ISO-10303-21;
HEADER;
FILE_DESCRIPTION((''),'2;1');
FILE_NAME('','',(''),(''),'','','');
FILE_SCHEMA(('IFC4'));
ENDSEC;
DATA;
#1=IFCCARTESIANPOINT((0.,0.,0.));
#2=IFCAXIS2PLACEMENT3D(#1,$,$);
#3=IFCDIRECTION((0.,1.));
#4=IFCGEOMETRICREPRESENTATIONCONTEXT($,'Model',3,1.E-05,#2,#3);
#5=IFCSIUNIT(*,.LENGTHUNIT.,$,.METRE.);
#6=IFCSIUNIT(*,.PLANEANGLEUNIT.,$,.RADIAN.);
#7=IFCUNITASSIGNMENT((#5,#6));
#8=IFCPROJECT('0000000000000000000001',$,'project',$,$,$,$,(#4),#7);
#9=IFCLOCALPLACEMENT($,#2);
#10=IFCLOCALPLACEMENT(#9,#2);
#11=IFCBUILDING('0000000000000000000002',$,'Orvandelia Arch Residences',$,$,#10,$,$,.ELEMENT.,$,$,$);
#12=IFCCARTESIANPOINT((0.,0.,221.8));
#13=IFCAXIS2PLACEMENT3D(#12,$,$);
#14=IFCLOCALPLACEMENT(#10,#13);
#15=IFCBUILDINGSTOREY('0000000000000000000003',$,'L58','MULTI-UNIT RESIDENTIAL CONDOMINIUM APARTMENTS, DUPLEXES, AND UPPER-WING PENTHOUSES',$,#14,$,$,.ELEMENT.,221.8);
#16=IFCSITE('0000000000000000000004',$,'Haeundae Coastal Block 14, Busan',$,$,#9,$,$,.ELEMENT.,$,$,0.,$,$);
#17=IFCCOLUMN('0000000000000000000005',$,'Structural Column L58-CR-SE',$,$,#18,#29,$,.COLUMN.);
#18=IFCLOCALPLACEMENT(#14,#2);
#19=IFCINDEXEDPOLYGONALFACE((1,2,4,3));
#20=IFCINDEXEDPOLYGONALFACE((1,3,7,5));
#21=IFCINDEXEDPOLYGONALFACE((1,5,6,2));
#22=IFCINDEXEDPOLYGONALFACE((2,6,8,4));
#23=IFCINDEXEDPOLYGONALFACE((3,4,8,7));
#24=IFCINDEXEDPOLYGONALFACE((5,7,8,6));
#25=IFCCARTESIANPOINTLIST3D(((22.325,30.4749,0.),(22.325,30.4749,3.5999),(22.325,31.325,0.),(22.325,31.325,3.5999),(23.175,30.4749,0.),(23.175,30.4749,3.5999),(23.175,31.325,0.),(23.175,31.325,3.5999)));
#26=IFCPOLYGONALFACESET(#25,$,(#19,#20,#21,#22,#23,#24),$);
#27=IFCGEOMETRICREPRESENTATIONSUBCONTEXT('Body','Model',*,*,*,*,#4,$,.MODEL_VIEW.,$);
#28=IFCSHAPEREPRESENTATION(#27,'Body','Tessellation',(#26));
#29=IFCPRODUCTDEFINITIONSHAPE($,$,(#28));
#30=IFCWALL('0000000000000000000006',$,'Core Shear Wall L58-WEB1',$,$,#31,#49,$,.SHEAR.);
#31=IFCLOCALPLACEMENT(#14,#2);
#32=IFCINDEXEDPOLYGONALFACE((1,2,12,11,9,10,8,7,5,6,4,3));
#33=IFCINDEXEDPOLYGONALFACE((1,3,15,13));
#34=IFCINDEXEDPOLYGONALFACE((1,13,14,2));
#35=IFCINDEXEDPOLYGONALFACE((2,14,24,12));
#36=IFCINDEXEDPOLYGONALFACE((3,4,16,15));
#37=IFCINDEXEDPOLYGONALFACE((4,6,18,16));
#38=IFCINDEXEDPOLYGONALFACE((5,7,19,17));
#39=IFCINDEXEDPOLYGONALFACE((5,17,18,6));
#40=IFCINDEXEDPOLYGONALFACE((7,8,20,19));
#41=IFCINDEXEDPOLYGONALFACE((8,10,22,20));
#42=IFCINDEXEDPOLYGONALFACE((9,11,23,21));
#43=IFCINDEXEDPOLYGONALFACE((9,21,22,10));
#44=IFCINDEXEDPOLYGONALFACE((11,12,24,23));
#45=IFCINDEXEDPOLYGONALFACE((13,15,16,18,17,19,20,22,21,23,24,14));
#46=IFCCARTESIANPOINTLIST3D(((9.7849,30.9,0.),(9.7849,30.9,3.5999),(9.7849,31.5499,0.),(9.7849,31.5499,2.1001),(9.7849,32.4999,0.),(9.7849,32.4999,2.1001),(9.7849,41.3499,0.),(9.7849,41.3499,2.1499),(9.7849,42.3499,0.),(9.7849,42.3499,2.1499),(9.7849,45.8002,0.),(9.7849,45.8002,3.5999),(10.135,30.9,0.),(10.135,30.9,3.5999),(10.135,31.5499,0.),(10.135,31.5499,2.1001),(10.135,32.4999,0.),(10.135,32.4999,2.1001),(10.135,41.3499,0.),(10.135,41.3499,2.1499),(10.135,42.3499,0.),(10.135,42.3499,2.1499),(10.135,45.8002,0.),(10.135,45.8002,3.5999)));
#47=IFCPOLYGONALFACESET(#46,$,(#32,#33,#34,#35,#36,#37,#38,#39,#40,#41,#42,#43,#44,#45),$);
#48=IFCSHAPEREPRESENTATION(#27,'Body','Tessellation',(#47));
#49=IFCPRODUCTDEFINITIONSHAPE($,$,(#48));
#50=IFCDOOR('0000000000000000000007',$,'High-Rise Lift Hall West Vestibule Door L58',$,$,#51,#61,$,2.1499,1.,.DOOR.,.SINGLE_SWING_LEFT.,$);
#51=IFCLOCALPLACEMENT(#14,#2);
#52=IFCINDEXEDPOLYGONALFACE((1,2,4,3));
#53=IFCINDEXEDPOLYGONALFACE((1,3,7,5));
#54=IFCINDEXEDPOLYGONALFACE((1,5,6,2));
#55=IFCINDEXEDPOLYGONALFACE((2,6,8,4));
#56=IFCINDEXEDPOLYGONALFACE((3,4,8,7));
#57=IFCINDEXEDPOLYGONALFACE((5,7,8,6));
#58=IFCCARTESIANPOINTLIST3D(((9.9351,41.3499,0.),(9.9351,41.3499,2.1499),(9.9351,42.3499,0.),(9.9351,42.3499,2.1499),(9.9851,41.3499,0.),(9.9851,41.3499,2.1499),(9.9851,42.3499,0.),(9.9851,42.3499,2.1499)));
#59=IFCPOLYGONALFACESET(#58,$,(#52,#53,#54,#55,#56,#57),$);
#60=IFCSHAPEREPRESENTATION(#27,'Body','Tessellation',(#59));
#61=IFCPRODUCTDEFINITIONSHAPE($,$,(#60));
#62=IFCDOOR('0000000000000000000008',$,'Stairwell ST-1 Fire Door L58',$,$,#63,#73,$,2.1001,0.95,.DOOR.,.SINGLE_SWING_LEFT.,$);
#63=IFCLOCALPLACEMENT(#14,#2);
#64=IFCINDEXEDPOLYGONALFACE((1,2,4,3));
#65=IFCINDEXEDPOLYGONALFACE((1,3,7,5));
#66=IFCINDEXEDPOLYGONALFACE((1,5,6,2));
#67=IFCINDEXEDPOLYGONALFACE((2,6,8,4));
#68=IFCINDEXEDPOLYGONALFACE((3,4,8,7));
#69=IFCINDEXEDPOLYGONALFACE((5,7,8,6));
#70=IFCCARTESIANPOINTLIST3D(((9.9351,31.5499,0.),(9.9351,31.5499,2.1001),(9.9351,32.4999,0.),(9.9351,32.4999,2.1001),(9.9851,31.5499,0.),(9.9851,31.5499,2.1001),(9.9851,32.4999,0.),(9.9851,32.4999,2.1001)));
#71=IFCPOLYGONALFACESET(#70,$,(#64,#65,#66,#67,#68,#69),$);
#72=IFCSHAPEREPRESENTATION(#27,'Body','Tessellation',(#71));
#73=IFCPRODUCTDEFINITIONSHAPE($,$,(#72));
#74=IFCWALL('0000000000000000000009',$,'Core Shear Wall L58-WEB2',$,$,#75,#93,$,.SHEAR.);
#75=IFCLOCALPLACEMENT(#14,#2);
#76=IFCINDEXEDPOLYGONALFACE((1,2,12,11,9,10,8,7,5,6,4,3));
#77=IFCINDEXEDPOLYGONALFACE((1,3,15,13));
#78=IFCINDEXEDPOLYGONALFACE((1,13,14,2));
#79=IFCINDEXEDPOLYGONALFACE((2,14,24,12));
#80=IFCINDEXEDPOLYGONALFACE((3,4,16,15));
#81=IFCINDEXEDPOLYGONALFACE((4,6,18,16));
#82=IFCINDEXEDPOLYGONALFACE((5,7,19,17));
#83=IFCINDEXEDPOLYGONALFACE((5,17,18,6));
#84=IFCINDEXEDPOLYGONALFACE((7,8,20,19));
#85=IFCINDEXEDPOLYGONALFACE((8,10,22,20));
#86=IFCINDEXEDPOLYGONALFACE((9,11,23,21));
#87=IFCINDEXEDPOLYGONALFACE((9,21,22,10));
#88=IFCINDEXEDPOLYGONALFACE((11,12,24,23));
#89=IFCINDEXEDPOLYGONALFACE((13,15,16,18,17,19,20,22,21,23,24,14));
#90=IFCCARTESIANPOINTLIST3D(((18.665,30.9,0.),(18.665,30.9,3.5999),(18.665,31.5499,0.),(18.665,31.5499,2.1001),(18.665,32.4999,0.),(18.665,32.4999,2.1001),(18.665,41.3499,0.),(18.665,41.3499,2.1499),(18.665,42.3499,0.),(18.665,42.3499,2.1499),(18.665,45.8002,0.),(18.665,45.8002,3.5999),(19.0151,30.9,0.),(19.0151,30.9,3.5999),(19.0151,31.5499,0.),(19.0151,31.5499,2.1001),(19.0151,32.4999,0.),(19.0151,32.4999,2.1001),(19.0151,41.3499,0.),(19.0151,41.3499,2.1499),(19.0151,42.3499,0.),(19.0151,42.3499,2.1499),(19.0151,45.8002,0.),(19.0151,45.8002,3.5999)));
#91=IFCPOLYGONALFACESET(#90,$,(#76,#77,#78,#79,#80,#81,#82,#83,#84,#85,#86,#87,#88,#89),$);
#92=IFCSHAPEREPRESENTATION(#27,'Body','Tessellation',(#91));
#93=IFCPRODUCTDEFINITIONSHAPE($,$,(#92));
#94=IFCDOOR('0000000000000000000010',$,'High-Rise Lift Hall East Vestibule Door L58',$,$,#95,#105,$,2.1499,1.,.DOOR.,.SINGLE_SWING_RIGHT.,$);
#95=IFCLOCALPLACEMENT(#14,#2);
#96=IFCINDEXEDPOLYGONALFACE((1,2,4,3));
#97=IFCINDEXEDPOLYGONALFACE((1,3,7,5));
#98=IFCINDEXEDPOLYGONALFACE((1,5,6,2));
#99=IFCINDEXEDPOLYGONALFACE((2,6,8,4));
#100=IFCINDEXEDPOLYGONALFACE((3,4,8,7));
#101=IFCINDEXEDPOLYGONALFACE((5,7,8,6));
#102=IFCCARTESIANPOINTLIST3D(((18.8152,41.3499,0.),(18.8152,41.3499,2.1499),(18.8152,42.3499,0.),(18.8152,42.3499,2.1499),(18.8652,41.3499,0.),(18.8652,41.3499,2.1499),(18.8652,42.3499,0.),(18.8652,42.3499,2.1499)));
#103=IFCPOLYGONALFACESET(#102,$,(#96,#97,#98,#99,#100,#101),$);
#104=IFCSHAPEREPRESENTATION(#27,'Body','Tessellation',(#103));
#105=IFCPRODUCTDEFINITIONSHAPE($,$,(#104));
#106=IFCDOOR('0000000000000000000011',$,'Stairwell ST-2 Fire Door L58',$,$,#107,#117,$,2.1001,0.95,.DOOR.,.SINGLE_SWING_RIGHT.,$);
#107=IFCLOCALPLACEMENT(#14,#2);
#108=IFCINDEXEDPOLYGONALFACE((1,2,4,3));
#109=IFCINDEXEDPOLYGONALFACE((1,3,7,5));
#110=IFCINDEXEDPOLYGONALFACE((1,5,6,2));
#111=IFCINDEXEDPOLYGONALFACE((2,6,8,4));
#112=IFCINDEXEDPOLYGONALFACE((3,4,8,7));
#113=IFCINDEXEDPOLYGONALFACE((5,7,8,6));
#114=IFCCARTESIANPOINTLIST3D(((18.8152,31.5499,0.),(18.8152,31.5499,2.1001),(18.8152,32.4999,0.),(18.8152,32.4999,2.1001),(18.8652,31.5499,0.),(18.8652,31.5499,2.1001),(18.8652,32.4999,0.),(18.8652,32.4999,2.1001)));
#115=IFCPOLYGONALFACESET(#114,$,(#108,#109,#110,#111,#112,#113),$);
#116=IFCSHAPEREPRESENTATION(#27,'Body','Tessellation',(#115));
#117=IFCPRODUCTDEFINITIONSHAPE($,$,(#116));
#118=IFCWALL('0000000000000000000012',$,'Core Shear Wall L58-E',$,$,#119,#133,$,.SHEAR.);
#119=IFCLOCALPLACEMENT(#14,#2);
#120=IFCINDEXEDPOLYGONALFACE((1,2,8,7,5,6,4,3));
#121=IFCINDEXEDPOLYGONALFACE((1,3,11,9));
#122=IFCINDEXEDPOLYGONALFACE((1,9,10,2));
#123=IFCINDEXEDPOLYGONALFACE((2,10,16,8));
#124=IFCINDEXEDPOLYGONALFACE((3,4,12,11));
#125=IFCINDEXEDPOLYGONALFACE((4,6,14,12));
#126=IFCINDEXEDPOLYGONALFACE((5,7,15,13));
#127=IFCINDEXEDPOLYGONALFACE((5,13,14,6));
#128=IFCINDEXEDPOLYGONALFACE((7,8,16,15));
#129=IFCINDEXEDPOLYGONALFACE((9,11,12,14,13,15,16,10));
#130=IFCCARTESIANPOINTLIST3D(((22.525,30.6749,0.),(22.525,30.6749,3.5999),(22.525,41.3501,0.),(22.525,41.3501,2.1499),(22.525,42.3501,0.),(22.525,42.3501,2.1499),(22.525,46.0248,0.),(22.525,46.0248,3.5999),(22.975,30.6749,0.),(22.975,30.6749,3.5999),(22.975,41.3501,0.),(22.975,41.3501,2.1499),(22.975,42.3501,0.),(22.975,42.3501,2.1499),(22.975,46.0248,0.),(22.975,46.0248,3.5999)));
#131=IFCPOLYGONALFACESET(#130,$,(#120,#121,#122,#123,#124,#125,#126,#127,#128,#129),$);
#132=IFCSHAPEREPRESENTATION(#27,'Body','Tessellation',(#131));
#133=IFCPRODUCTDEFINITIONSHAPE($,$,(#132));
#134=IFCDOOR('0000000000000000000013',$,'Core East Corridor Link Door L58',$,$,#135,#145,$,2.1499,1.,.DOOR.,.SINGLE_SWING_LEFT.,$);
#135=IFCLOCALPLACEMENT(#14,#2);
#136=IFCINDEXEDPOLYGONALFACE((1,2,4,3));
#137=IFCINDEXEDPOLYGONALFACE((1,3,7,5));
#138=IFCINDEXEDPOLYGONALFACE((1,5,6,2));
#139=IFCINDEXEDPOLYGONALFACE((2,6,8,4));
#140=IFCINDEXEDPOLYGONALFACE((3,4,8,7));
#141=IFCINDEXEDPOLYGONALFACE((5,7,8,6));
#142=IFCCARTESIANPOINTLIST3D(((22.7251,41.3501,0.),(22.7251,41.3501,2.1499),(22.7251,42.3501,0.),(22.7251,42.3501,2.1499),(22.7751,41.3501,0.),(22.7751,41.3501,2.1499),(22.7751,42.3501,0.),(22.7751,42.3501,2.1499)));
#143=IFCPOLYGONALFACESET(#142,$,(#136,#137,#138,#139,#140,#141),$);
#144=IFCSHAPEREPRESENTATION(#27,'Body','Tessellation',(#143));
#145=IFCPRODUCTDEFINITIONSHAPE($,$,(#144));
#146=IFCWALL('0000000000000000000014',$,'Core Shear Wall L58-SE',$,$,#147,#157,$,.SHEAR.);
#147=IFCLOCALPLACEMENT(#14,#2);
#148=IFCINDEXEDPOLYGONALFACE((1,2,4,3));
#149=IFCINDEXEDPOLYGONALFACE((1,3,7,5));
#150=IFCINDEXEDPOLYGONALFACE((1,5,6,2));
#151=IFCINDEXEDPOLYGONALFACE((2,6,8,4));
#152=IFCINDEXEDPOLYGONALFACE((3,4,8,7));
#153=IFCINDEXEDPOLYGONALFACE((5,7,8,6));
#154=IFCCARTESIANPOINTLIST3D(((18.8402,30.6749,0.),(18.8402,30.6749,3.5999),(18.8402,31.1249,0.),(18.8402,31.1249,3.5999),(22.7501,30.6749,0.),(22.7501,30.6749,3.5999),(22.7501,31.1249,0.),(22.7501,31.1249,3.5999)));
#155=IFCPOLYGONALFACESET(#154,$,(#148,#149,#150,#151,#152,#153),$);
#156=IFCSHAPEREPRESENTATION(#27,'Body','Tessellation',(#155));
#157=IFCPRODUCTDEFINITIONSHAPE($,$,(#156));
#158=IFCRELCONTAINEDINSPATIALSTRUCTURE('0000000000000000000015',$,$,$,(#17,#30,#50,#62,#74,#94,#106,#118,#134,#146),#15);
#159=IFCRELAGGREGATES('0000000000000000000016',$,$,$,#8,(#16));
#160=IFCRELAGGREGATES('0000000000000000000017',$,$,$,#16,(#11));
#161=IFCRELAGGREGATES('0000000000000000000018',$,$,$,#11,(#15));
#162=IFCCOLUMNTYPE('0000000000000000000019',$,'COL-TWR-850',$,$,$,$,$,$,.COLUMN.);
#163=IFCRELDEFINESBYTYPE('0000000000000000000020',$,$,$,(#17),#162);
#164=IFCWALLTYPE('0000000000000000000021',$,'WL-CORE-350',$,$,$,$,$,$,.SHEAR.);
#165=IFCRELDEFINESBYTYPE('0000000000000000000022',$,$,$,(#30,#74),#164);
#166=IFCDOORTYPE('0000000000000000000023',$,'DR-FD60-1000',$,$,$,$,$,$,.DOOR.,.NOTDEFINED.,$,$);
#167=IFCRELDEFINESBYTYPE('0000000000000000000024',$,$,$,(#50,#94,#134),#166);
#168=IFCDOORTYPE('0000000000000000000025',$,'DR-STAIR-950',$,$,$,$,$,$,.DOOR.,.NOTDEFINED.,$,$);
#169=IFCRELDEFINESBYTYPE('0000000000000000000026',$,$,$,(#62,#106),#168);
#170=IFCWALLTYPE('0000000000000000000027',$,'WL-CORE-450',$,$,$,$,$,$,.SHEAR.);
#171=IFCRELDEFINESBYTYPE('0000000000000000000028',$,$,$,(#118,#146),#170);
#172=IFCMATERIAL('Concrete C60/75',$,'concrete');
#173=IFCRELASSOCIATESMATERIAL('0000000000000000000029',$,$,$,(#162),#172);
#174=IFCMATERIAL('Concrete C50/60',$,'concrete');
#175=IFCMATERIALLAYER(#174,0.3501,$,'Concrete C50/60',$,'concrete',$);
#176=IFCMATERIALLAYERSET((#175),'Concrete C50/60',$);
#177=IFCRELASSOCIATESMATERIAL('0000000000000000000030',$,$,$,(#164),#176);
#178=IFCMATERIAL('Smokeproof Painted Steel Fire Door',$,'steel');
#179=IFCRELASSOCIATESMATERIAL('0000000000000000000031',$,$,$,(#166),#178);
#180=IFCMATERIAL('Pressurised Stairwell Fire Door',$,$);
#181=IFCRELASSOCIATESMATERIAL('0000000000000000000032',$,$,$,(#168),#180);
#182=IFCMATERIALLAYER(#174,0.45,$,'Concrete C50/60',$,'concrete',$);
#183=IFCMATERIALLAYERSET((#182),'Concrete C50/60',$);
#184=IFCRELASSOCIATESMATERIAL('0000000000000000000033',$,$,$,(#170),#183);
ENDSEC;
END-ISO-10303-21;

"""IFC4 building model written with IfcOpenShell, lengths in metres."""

from ifc_helpers import new_model, si_unit, direction, frame, frame_2d, origin, origin_2d, place, context, subcontext, project, spatial, rectangle, extrude, material, layer, layer_set, material_profile, profile_set, type_object, element, fill, save


model = new_model("IFC4")

# Units and contexts
model_context = context("Model", 3, precision=1e-05, world=origin(), true_north=direction((0.0, 1.0)))
body_context = subcontext(model_context, "Body", "Model", "MODEL_VIEW")
ifc_project = project(units=[si_unit("LENGTHUNIT", "METRE"), si_unit("PLANEANGLEUNIT", "RADIAN")], contexts=[model_context])

# Site, building, storey
site_placement = place(None, origin())
site = spatial("IfcSite", under=ifc_project, at=site_placement, Name="Haeundae Coastal Block 14, Busan", CompositionType="ELEMENT", RefElevation=0.0)
building_placement = place(site_placement, origin())
building = spatial("IfcBuilding", under=site, at=building_placement, Name="Orvandelia Arch Residences", CompositionType="ELEMENT")
storey_placement = place(building_placement, frame((0.0, 0.0, 221.8)))
storey = spatial("IfcBuildingStorey", under=building, at=storey_placement, Name="L58", Description="MULTI-UNIT RESIDENTIAL CONDOMINIUM APARTMENTS, DUPLEXES, AND UPPER-WING PENTHOUSES", CompositionType="ELEMENT", Elevation=221.8)

# Column
ifc_material_1 = material(Name="Concrete C60/75", Category="concrete")
ifc_material_profile = material_profile(ifc_material_1, rectangle(XDim=0.8501, YDim=0.8501, at=origin_2d()), Name="Concrete C60/75", Category="concrete")
ifc_profile_set = profile_set([ifc_material_profile], Name="Concrete C60/75")
column_type = type_object("IfcColumnType", Name="COL-TWR-850", PredefinedType="COLUMN", material=ifc_profile_set)
column_placement = place(storey_placement, frame((22.75, 30.8999, 0.0), z_axis=(0.0, 0.0, 1.0), x_axis=(1.0, 0.0, 0.0)))
element("IfcColumn", 1, at=column_placement, inside=storey, type_object=column_type, Name="Structural Column L58-CR-SE", PredefinedType="COLUMN", context=body_context, shape_type="SweptSolid", body=[
    extrude(rectangle(XDim=0.8501, YDim=0.8501, at=origin_2d()), origin(), (0.0, 0.0, 1.0), 3.5999),
])

# Walls, openings, doors
ifc_material_2 = material(Name="Concrete C50/60", Category="concrete")
ifc_layer_1 = layer(ifc_material_2, 0.3501, Name="Concrete C50/60", Category="concrete")
ifc_layer_set_1 = layer_set([ifc_layer_1], Name="Concrete C50/60")
wall_type_1 = type_object("IfcWallType", Name="WL-CORE-350", PredefinedType="SHEAR", material=ifc_layer_set_1)
wall_1_placement = place(storey_placement, frame((9.96, 30.8999, 0.0), z_axis=(0.0, 0.0, 1.0), x_axis=(0.0, 1.0, 0.0)))
wall_1 = element("IfcWall", 2, at=wall_1_placement, inside=storey, type_object=wall_type_1, Name="Core Shear Wall L58-WEB1", PredefinedType="SHEAR", context=body_context, shape_type="SweptSolid", body=[
    extrude(rectangle(XDim=14.9001, YDim=0.3501, at=frame_2d((7.4502, 0.0))), origin(), (0.0, 0.0, 1.0), 3.5999),
])
opening_1_placement = place(wall_1_placement, frame((0.6499, 0.0, 0.0)))
opening_1 = element("IfcOpeningElement", 3, at=opening_1_placement, cuts=wall_1, PredefinedType="OPENING", context=body_context, shape_type="SweptSolid", body=[
    extrude(rectangle(XDim=0.95, YDim=2.1001, at=frame_2d((0.4751, 1.05))), frame((0.0, 0.1851, 0.0), z_axis=(0.0, -1.0, 0.0), x_axis=(1.0, 0.0, 0.0)), (0.0, 0.0, 1.0), 0.3701),
])
opening_2_placement = place(wall_1_placement, frame((10.45, 0.0, 0.0)))
opening_2 = element("IfcOpeningElement", 4, at=opening_2_placement, cuts=wall_1, PredefinedType="OPENING", context=body_context, shape_type="SweptSolid", body=[
    extrude(rectangle(XDim=1.0, YDim=2.1499, at=frame_2d((0.5, 1.075))), frame((0.0, 0.1851, 0.0), z_axis=(0.0, -1.0, 0.0), x_axis=(1.0, 0.0, 0.0)), (0.0, 0.0, 1.0), 0.3701),
])
ifc_material_3 = material(Name="Smokeproof Painted Steel Fire Door", Category="steel")
door_type_1 = type_object("IfcDoorType", Name="DR-FD60-1000", OperationType="NOTDEFINED", PredefinedType="DOOR", material=ifc_material_3)
door_1_placement = place(opening_2_placement, origin())
door_1 = element("IfcDoor", 5, at=door_1_placement, inside=storey, type_object=door_type_1, Name="High-Rise Lift Hall West Vestibule Door L58", OperationType="SINGLE_SWING_LEFT", OverallHeight=2.1499, OverallWidth=1.0, PredefinedType="DOOR", context=body_context, shape_type="SweptSolid", body=[
    extrude(rectangle(XDim=1.0, YDim=2.1499, at=frame_2d((0.5, 1.075))), frame((0.0, 0.0249, 0.0), z_axis=(0.0, -1.0, 0.0), x_axis=(1.0, 0.0, 0.0)), (0.0, 0.0, 1.0), 0.05),
])
fill(opening_2, door_1)
ifc_material_4 = material(Name="Pressurised Stairwell Fire Door")
door_type_2 = type_object("IfcDoorType", Name="DR-STAIR-950", OperationType="NOTDEFINED", PredefinedType="DOOR", material=ifc_material_4)
door_2_placement = place(opening_1_placement, origin())
door_2 = element("IfcDoor", 6, at=door_2_placement, inside=storey, type_object=door_type_2, Name="Stairwell ST-1 Fire Door L58", OperationType="SINGLE_SWING_LEFT", OverallHeight=2.1001, OverallWidth=0.95, PredefinedType="DOOR", context=body_context, shape_type="SweptSolid", body=[
    extrude(rectangle(XDim=0.95, YDim=2.1001, at=frame_2d((0.4751, 1.05))), frame((0.0, 0.0249, 0.0), z_axis=(0.0, -1.0, 0.0), x_axis=(1.0, 0.0, 0.0)), (0.0, 0.0, 1.0), 0.05),
])
fill(opening_1, door_2)
wall_2_placement = place(storey_placement, frame((18.8401, 30.8999, 0.0), z_axis=(0.0, 0.0, 1.0), x_axis=(0.0, 1.0, 0.0)))
wall_2 = element("IfcWall", 7, at=wall_2_placement, inside=storey, type_object=wall_type_1, Name="Core Shear Wall L58-WEB2", PredefinedType="SHEAR", context=body_context, shape_type="SweptSolid", body=[
    extrude(rectangle(XDim=14.9001, YDim=0.3501, at=frame_2d((7.4502, 0.0))), origin(), (0.0, 0.0, 1.0), 3.5999),
])
opening_3_placement = place(wall_2_placement, frame((0.6499, 0.0, 0.0)))
opening_3 = element("IfcOpeningElement", 8, at=opening_3_placement, cuts=wall_2, PredefinedType="OPENING", context=body_context, shape_type="SweptSolid", body=[
    extrude(rectangle(XDim=0.95, YDim=2.1001, at=frame_2d((0.4751, 1.05))), frame((0.0, 0.1851, 0.0), z_axis=(0.0, -1.0, 0.0), x_axis=(1.0, 0.0, 0.0)), (0.0, 0.0, 1.0), 0.3701),
])
opening_4_placement = place(wall_2_placement, frame((10.45, 0.0, 0.0)))
opening_4 = element("IfcOpeningElement", 9, at=opening_4_placement, cuts=wall_2, PredefinedType="OPENING", context=body_context, shape_type="SweptSolid", body=[
    extrude(rectangle(XDim=1.0, YDim=2.1499, at=frame_2d((0.5, 1.075))), frame((0.0, 0.1851, 0.0), z_axis=(0.0, -1.0, 0.0), x_axis=(1.0, 0.0, 0.0)), (0.0, 0.0, 1.0), 0.3701),
])
door_3_placement = place(opening_4_placement, origin())
door_3 = element("IfcDoor", 10, at=door_3_placement, inside=storey, type_object=door_type_1, Name="High-Rise Lift Hall East Vestibule Door L58", OperationType="SINGLE_SWING_RIGHT", OverallHeight=2.1499, OverallWidth=1.0, PredefinedType="DOOR", context=body_context, shape_type="SweptSolid", body=[
    extrude(rectangle(XDim=1.0, YDim=2.1499, at=frame_2d((0.5, 1.075))), frame((0.0, 0.0249, 0.0), z_axis=(0.0, -1.0, 0.0), x_axis=(1.0, 0.0, 0.0)), (0.0, 0.0, 1.0), 0.05),
])
fill(opening_4, door_3)
door_4_placement = place(opening_3_placement, origin())
door_4 = element("IfcDoor", 11, at=door_4_placement, inside=storey, type_object=door_type_2, Name="Stairwell ST-2 Fire Door L58", OperationType="SINGLE_SWING_RIGHT", OverallHeight=2.1001, OverallWidth=0.95, PredefinedType="DOOR", context=body_context, shape_type="SweptSolid", body=[
    extrude(rectangle(XDim=0.95, YDim=2.1001, at=frame_2d((0.4751, 1.05))), frame((0.0, 0.0249, 0.0), z_axis=(0.0, -1.0, 0.0), x_axis=(1.0, 0.0, 0.0)), (0.0, 0.0, 1.0), 0.05),
])
fill(opening_3, door_4)

# Wall, opening, door
ifc_layer_2 = layer(ifc_material_2, 0.45, Name="Concrete C50/60", Category="concrete")
ifc_layer_set_2 = layer_set([ifc_layer_2], Name="Concrete C50/60")
wall_type_2 = type_object("IfcWallType", Name="WL-CORE-450", PredefinedType="SHEAR", material=ifc_layer_set_2)
wall_3_placement = place(storey_placement, frame((22.75, 30.675, 0.0), z_axis=(0.0, 0.0, 1.0), x_axis=(0.0, 1.0, 0.0)))
wall_3 = element("IfcWall", 12, at=wall_3_placement, inside=storey, type_object=wall_type_2, Name="Core Shear Wall L58-E", PredefinedType="SHEAR", context=body_context, shape_type="SweptSolid", body=[
    extrude(rectangle(XDim=15.3499, YDim=0.45, at=frame_2d((7.6748, 0.0))), origin(), (0.0, 0.0, 1.0), 3.5999),
])
opening_5_placement = place(wall_3_placement, frame((10.675, 0.0, 0.0)))
opening_5 = element("IfcOpeningElement", 13, at=opening_5_placement, cuts=wall_3, PredefinedType="OPENING", context=body_context, shape_type="SweptSolid", body=[
    extrude(rectangle(XDim=1.0, YDim=2.1499, at=frame_2d((0.5, 1.075))), frame((0.0, 0.2349, 0.0), z_axis=(0.0, -1.0, 0.0), x_axis=(1.0, 0.0, 0.0)), (0.0, 0.0, 1.0), 0.47),
])
door_5_placement = place(opening_5_placement, origin())
door_5 = element("IfcDoor", 14, at=door_5_placement, inside=storey, type_object=door_type_1, Name="Core East Corridor Link Door L58", OperationType="SINGLE_SWING_LEFT", OverallHeight=2.1499, OverallWidth=1.0, PredefinedType="DOOR", context=body_context, shape_type="SweptSolid", body=[
    extrude(rectangle(XDim=1.0, YDim=2.1499, at=frame_2d((0.5, 1.075))), frame((0.0, 0.0249, 0.0), z_axis=(0.0, -1.0, 0.0), x_axis=(1.0, 0.0, 0.0)), (0.0, 0.0, 1.0), 0.05),
])
fill(opening_5, door_5)

# Wall
wall_4_placement = place(storey_placement, frame((18.8401, 30.8999, 0.0), z_axis=(0.0, 0.0, 1.0), x_axis=(1.0, 0.0, 0.0)))
element("IfcWall", 15, at=wall_4_placement, inside=storey, type_object=wall_type_2, Name="Core Shear Wall L58-SE", PredefinedType="SHEAR", context=body_context, shape_type="SweptSolid", body=[
    extrude(rectangle(XDim=3.9099, YDim=0.45, at=frame_2d((1.9551, 0.0))), origin(), (0.0, 0.0, 1.0), 3.5999),
])

save(model, "model.ifc")
